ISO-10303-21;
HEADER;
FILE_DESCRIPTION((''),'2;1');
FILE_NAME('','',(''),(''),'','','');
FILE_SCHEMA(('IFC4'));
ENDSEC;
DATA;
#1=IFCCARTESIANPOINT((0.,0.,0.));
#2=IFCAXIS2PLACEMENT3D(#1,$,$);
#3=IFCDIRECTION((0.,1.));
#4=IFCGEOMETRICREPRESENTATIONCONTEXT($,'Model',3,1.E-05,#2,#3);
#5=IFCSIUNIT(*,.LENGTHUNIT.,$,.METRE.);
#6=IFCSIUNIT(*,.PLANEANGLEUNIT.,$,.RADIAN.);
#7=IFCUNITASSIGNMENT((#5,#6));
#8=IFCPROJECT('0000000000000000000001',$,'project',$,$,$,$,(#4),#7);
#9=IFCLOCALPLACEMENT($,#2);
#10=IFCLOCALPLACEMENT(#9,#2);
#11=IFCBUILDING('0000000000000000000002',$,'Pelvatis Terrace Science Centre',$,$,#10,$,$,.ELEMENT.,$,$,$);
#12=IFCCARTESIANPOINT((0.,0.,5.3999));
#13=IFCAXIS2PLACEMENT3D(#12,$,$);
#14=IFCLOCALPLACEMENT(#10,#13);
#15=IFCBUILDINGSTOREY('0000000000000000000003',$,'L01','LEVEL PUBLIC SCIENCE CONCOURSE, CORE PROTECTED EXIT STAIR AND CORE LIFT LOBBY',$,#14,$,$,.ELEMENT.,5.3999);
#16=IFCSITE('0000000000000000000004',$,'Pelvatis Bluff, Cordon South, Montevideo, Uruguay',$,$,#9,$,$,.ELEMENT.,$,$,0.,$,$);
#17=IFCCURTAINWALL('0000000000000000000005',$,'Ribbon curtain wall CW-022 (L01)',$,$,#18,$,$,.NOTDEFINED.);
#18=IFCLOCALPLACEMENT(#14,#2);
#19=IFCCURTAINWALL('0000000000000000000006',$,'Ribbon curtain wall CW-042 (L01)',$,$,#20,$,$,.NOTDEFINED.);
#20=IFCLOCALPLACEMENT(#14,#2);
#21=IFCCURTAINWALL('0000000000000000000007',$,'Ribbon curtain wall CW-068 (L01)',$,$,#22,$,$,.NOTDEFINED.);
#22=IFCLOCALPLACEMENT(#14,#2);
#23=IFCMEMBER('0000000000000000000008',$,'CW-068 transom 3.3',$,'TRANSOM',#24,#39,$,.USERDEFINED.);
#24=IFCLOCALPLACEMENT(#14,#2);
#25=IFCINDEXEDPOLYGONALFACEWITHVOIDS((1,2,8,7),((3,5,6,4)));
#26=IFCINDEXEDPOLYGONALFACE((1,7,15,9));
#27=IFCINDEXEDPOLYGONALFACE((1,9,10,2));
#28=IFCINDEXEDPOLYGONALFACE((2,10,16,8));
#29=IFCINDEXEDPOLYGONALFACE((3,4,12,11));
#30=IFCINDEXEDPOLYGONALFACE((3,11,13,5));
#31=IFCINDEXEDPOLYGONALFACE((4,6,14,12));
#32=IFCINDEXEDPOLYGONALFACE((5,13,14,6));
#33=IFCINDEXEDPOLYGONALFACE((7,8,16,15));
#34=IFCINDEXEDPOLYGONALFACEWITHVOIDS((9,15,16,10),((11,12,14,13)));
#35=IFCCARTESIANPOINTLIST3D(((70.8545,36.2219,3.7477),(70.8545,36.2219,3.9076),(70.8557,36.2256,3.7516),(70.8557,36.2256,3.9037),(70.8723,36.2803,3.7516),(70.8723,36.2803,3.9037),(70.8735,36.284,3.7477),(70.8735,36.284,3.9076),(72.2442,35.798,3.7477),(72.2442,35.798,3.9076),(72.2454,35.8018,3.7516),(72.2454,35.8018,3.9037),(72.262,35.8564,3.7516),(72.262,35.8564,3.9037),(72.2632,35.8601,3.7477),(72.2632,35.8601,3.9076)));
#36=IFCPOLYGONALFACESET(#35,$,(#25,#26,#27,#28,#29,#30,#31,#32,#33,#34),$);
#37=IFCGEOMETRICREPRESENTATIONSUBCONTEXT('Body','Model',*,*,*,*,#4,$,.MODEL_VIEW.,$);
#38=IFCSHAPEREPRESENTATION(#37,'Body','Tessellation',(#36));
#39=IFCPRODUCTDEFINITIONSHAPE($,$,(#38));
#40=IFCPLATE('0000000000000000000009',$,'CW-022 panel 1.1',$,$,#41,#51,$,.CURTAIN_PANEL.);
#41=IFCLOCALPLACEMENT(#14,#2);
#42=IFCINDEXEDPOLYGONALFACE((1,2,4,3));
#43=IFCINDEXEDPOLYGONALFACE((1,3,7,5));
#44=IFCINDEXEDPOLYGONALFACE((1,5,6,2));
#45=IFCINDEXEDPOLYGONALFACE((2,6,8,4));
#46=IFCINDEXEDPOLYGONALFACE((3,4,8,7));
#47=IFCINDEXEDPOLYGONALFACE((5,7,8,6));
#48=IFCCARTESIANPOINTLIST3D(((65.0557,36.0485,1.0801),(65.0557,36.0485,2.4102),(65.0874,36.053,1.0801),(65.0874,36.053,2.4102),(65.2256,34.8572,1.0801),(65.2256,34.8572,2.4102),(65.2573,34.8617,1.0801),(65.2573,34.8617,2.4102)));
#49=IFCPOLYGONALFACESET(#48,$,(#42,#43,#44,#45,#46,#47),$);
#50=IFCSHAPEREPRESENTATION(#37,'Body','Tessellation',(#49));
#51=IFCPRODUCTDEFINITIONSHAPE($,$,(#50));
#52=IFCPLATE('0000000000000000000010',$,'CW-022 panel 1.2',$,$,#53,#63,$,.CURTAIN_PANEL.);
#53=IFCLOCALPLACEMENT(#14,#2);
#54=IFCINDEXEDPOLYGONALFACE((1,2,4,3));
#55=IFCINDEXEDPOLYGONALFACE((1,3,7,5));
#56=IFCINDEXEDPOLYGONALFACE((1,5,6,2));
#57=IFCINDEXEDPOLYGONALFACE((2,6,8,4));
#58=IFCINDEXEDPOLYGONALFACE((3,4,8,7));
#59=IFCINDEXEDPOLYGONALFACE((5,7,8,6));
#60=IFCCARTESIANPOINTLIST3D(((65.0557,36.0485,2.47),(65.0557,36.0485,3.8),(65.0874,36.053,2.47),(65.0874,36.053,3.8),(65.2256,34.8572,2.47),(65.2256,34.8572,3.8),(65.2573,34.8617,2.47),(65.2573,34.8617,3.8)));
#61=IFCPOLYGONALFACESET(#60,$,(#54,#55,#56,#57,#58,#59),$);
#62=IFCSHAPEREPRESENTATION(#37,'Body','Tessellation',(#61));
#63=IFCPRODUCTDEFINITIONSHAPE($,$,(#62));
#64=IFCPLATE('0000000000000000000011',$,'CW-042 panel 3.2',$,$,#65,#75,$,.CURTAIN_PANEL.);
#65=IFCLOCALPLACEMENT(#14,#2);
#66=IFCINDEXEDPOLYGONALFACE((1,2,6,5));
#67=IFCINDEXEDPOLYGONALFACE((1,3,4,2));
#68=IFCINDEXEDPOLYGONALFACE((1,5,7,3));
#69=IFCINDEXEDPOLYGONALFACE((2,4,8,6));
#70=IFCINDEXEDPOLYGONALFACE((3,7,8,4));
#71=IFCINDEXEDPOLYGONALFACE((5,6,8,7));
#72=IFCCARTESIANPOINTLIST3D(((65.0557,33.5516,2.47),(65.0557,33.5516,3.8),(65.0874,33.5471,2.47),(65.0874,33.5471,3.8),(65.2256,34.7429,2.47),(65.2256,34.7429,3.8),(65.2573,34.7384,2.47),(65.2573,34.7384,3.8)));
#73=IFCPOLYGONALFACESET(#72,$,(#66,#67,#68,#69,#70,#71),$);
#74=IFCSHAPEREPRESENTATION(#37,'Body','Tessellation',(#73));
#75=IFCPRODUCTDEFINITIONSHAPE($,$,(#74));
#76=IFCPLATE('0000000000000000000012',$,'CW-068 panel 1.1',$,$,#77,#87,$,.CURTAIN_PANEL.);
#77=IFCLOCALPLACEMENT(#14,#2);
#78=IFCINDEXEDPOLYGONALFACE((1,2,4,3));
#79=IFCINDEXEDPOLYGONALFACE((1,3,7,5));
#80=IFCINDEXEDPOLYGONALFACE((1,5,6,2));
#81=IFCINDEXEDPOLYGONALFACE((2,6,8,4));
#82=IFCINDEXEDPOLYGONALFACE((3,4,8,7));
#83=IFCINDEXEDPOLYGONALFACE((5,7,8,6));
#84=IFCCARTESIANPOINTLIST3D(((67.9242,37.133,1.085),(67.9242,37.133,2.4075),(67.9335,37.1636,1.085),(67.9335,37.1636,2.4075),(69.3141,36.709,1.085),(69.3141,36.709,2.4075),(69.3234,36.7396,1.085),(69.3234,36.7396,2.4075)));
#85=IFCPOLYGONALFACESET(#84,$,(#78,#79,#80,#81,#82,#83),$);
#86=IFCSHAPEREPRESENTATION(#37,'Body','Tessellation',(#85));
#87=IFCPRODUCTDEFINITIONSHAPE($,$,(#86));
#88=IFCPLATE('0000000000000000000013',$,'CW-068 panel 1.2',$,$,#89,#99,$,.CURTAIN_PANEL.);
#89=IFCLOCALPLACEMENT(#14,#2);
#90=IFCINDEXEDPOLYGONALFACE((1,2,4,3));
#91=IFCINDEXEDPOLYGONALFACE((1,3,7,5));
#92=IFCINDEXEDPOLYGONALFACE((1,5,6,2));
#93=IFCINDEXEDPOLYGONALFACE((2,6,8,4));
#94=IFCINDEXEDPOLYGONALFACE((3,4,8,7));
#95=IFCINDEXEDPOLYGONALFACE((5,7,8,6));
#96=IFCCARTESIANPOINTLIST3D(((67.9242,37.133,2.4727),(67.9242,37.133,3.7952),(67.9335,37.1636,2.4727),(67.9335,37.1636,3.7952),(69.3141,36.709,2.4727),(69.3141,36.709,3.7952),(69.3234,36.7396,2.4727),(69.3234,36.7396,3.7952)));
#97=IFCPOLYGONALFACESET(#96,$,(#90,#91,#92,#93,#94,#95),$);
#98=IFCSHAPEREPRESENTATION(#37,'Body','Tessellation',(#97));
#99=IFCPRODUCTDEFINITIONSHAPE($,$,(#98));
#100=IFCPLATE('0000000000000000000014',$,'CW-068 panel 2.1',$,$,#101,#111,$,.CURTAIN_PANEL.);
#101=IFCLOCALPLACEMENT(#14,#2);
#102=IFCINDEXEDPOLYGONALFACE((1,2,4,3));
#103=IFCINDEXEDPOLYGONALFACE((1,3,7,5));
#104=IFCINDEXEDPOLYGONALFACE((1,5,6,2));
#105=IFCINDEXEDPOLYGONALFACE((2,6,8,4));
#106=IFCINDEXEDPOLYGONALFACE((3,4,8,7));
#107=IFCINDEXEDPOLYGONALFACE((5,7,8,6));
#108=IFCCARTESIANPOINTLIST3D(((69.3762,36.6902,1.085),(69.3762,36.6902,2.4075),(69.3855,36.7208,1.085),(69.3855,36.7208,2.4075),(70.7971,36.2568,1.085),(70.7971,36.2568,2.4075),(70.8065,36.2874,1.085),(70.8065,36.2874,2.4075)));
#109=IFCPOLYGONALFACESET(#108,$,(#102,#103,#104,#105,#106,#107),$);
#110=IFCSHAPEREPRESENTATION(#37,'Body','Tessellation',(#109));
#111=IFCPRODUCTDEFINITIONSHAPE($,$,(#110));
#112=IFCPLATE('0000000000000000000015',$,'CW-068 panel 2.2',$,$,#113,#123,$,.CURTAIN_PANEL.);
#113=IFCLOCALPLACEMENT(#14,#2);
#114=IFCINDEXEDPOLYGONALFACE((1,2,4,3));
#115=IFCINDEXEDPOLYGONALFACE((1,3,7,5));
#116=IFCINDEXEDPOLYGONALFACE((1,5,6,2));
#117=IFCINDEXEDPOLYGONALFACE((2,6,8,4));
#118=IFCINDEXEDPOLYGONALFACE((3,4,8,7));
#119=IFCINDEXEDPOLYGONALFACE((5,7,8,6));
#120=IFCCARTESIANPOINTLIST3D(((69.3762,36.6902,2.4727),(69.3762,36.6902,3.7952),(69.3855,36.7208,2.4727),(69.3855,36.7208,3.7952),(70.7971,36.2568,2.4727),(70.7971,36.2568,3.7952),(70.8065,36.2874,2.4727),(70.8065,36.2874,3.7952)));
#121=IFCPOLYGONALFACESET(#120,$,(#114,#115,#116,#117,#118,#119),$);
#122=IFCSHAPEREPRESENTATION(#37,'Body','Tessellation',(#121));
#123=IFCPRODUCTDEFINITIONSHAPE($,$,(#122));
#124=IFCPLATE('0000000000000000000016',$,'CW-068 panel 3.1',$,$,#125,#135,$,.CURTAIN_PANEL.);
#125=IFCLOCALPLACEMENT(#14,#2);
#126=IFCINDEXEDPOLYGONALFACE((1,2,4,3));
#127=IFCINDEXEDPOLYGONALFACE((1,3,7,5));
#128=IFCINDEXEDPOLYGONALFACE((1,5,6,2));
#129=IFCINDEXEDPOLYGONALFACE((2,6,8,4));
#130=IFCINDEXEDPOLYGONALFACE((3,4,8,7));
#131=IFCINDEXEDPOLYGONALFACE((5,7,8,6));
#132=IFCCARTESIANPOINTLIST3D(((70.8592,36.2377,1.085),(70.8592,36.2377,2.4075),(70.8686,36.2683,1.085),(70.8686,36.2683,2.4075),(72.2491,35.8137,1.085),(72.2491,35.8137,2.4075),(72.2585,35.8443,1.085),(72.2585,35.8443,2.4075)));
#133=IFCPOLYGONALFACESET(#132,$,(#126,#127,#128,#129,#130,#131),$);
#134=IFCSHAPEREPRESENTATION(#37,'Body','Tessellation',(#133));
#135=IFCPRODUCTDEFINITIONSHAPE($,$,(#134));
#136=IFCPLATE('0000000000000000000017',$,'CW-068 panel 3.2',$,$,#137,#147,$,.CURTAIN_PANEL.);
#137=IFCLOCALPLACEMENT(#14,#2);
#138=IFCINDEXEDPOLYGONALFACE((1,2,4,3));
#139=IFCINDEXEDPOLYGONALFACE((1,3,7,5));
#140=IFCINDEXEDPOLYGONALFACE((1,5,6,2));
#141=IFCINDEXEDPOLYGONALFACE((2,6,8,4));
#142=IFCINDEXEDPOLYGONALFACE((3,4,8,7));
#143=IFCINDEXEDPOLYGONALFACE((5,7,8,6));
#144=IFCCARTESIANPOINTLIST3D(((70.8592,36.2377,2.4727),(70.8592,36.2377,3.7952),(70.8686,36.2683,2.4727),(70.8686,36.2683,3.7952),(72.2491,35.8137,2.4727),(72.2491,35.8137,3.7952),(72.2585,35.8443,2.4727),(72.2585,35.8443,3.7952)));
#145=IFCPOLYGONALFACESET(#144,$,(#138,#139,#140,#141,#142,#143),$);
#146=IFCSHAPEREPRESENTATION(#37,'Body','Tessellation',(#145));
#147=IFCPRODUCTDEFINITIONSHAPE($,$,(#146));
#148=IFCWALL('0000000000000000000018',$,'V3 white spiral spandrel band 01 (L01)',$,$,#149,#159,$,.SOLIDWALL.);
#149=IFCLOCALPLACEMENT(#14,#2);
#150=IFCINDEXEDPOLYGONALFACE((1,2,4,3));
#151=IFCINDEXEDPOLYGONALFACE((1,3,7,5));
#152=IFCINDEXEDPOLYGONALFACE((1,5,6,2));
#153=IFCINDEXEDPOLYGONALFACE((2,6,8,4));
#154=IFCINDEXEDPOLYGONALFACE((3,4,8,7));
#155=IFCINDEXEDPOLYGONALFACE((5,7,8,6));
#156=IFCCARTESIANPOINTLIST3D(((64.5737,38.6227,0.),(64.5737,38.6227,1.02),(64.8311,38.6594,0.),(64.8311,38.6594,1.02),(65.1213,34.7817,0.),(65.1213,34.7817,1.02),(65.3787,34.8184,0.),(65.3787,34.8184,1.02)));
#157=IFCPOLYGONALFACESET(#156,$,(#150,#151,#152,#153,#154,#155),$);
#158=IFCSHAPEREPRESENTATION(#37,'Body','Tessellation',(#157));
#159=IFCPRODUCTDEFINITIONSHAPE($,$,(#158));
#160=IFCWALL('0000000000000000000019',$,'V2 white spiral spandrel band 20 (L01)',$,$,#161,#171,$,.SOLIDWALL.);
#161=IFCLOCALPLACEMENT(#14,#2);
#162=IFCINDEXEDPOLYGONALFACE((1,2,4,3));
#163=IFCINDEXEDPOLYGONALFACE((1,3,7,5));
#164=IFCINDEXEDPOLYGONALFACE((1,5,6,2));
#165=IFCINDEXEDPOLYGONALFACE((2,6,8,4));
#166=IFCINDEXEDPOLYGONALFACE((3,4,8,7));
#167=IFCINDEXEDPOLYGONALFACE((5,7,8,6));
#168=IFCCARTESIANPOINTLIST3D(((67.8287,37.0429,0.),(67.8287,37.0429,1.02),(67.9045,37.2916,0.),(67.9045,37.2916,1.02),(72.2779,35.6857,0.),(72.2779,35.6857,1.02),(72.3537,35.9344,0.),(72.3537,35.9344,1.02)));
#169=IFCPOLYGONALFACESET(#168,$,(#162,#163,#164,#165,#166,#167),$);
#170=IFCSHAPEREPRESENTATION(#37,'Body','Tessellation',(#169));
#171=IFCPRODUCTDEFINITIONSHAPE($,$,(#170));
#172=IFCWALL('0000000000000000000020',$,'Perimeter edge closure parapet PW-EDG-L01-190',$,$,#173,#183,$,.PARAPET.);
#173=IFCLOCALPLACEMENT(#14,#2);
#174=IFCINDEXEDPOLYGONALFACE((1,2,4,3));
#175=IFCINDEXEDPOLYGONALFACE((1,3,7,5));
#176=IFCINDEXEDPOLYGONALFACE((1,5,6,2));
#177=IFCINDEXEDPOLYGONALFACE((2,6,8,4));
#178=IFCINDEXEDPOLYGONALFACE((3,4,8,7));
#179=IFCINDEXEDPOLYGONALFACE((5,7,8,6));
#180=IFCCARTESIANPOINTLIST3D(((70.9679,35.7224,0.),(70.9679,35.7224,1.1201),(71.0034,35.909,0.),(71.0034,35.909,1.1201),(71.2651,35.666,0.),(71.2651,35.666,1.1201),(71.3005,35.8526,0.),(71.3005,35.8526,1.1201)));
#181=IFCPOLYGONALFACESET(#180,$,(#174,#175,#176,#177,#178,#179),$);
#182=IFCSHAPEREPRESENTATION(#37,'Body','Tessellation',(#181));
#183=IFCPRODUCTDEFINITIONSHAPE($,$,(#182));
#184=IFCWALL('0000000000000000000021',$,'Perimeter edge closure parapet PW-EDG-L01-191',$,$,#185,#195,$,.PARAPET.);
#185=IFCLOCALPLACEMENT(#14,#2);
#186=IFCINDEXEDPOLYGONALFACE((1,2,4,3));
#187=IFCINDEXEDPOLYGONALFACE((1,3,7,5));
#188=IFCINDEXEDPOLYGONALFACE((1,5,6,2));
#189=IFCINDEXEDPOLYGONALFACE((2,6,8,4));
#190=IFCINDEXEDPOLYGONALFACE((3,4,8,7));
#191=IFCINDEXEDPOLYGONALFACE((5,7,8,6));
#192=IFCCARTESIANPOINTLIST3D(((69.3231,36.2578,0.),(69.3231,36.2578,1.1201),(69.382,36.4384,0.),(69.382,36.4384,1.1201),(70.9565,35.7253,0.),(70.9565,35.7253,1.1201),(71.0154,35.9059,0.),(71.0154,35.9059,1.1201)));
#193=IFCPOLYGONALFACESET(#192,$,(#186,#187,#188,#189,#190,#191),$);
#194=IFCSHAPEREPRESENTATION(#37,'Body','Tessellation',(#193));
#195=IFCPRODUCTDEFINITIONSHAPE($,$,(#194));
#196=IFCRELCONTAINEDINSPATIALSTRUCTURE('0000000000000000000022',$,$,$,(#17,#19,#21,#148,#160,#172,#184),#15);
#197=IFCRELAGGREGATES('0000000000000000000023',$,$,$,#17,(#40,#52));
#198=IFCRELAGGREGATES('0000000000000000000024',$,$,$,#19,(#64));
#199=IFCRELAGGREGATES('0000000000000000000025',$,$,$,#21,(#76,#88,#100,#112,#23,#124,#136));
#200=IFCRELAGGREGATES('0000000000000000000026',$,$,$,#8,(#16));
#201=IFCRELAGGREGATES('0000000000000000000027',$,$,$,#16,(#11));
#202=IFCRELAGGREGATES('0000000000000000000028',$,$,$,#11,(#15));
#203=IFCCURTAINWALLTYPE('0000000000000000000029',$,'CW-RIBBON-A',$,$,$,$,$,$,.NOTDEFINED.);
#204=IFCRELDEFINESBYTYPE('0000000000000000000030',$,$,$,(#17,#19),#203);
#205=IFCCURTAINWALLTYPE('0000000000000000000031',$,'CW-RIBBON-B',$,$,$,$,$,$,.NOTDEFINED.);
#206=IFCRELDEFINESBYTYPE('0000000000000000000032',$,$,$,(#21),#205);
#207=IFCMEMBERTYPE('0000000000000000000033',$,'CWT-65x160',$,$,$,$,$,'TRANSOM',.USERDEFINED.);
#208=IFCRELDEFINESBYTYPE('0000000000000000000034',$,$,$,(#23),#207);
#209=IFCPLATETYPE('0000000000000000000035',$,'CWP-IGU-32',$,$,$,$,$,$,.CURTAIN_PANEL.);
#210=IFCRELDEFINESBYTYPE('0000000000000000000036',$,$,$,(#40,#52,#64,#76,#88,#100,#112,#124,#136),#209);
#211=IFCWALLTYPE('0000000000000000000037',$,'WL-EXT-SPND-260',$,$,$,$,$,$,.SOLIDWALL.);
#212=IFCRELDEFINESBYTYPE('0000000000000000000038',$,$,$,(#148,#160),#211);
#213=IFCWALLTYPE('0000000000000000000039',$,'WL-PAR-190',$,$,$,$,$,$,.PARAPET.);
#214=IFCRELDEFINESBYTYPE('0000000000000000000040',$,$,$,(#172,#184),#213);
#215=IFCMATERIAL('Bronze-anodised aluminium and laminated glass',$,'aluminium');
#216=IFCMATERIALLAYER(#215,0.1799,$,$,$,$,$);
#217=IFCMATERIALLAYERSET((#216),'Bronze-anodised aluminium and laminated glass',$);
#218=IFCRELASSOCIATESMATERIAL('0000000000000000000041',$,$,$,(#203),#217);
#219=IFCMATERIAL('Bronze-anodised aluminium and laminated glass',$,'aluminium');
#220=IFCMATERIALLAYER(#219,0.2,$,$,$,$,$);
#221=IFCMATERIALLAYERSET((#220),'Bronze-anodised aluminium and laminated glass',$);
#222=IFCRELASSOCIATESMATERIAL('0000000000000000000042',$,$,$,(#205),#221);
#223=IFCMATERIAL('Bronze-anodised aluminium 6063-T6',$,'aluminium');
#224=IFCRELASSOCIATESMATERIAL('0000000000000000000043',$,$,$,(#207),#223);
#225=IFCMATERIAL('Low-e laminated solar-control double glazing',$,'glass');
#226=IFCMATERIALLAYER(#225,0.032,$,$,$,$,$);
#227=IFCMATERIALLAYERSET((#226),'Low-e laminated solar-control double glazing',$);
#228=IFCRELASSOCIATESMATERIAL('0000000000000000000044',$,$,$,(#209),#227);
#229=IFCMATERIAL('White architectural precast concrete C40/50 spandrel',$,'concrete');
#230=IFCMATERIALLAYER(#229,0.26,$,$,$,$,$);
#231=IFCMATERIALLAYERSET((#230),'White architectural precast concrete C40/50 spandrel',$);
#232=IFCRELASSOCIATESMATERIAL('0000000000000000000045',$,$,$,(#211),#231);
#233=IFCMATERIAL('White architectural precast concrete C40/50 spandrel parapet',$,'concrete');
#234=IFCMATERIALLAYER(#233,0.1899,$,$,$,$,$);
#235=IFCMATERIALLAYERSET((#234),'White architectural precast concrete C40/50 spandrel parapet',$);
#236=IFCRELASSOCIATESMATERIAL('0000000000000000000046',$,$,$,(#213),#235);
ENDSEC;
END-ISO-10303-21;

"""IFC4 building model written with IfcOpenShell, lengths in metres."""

from ifc_helpers import new_model, si_unit, direction, frame, frame_2d, origin, origin_2d, place, context, subcontext, project, spatial, rectangle, hollow_rectangle, extrude, material, layer, layer_set, material_profile, profile_set, type_object, element, aggregate, save


model = new_model("IFC4")

# Units and contexts
model_context = context("Model", 3, precision=1e-05, world=origin(), true_north=direction((0.0, 1.0)))
body_context = subcontext(model_context, "Body", "Model", "MODEL_VIEW")
ifc_project = project(units=[si_unit("LENGTHUNIT", "METRE"), si_unit("PLANEANGLEUNIT", "RADIAN")], contexts=[model_context])

# Site, building, storey
site_placement = place(None, origin())
site = spatial("IfcSite", under=ifc_project, at=site_placement, Name="Pelvatis Bluff, Cordon South, Montevideo, Uruguay", CompositionType="ELEMENT", RefElevation=0.0)
building_placement = place(site_placement, origin())
building = spatial("IfcBuilding", under=site, at=building_placement, Name="Pelvatis Terrace Science Centre", CompositionType="ELEMENT")
storey_placement = place(building_placement, frame((0.0, 0.0, 5.3999)))
storey = spatial("IfcBuildingStorey", under=building, at=storey_placement, Name="L01", Description="LEVEL PUBLIC SCIENCE CONCOURSE, CORE PROTECTED EXIT STAIR AND CORE LIFT LOBBY", CompositionType="ELEMENT", Elevation=5.3999)

# Curtain walls
ifc_material_1 = material(Name="Bronze-anodised aluminium and laminated glass", Category="aluminium")
ifc_layer_1 = layer(ifc_material_1, 0.1799)
ifc_layer_set_1 = layer_set([ifc_layer_1], Name="Bronze-anodised aluminium and laminated glass")
curtain_wall_type_1 = type_object("IfcCurtainWallType", Name="CW-RIBBON-A", PredefinedType="NOTDEFINED", material=ifc_layer_set_1)
curtain_wall_1_placement = place(storey_placement, origin())
curtain_wall_1 = element("IfcCurtainWall", 1, at=curtain_wall_1_placement, inside=storey, type_object=curtain_wall_type_1, Name="Ribbon curtain wall CW-022 (L01)", PredefinedType="NOTDEFINED")
curtain_wall_2_placement = place(storey_placement, origin())
curtain_wall_2 = element("IfcCurtainWall", 2, at=curtain_wall_2_placement, inside=storey, type_object=curtain_wall_type_1, Name="Ribbon curtain wall CW-042 (L01)", PredefinedType="NOTDEFINED")

# Curtain wall
ifc_material_2 = material(Name="Bronze-anodised aluminium and laminated glass", Category="aluminium")
ifc_layer_2 = layer(ifc_material_2, 0.2)
ifc_layer_set_2 = layer_set([ifc_layer_2], Name="Bronze-anodised aluminium and laminated glass")
curtain_wall_type_2 = type_object("IfcCurtainWallType", Name="CW-RIBBON-B", PredefinedType="NOTDEFINED", material=ifc_layer_set_2)
curtain_wall_3_placement = place(storey_placement, origin())
curtain_wall_3 = element("IfcCurtainWall", 3, at=curtain_wall_3_placement, inside=storey, type_object=curtain_wall_type_2, Name="Ribbon curtain wall CW-068 (L01)", PredefinedType="NOTDEFINED")

# Member
ifc_material_3 = material(Name="Bronze-anodised aluminium 6063-T6", Category="aluminium")
ifc_material_profile_1 = material_profile(ifc_material_3, hollow_rectangle(XDim=0.0649, YDim=0.1599, WallThickness=0.0039, at=origin_2d()), Name="ALU-TRN 65x160")
ifc_profile_set_1 = profile_set([ifc_material_profile_1], Name="Bronze-anodised aluminium 6063-T6")
member_type_1 = type_object("IfcMemberType", Name="CWT-65x160", ElementType="TRANSOM", PredefinedType="USERDEFINED", material=ifc_profile_set_1)
member_1_placement = place(storey_placement, frame((70.864, 36.2529, 3.8276), z_axis=(0.956503, -0.291723, 0.0), x_axis=(0.291723, 0.956503, 0.0)))
member_1 = element("IfcMember", 4, at=member_1_placement, type_object=member_type_1, Name="CW-068 transom 3.3", ObjectType="TRANSOM", PredefinedType="USERDEFINED", context=body_context, shape_type="SweptSolid", body=[
    extrude(hollow_rectangle(XDim=0.0649, YDim=0.1599, WallThickness=0.0039, at=origin_2d()), origin(), (0.0, 0.0, 1.0), 1.4529),
])

# Plates
ifc_material_4 = material(Name="Low-e laminated solar-control double glazing", Category="glass")
ifc_layer_3 = layer(ifc_material_4, 0.032)
ifc_layer_set_3 = layer_set([ifc_layer_3], Name="Low-e laminated solar-control double glazing")
plate_type = type_object("IfcPlateType", Name="CWP-IGU-32", PredefinedType="CURTAIN_PANEL", material=ifc_layer_set_3)
plate_1_placement = place(storey_placement, frame((65.1565, 35.4551, 1.0801), z_axis=(0.0, 0.0, 1.0), x_axis=(-0.141165, 0.989986, 0.0)))
plate_1 = element("IfcPlate", 5, at=plate_1_placement, type_object=plate_type, Name="CW-022 panel 1.1", PredefinedType="CURTAIN_PANEL", context=body_context, shape_type="SweptSolid", body=[
    extrude(rectangle(XDim=1.2034, YDim=0.032, at=origin_2d()), origin(), (0.0, 0.0, 1.0), 1.3301),
])
plate_2_placement = place(storey_placement, frame((65.1565, 35.4551, 2.47), z_axis=(0.0, 0.0, 1.0), x_axis=(-0.141165, 0.989986, 0.0)))
plate_2 = element("IfcPlate", 6, at=plate_2_placement, type_object=plate_type, Name="CW-022 panel 1.2", PredefinedType="CURTAIN_PANEL", context=body_context, shape_type="SweptSolid", body=[
    extrude(rectangle(XDim=1.2034, YDim=0.032, at=origin_2d()), origin(), (0.0, 0.0, 1.0), 1.3301),
])
aggregate(curtain_wall_1, [plate_1, plate_2])
plate_3_placement = place(storey_placement, frame((65.1565, 34.145, 2.47), z_axis=(0.0, 0.0, 1.0), x_axis=(0.141165, 0.989986, 0.0)))
plate_3 = element("IfcPlate", 7, at=plate_3_placement, type_object=plate_type, Name="CW-042 panel 3.2", PredefinedType="CURTAIN_PANEL", context=body_context, shape_type="SweptSolid", body=[
    extrude(rectangle(XDim=1.2034, YDim=0.032, at=origin_2d()), origin(), (0.0, 0.0, 1.0), 1.3301),
])
aggregate(curtain_wall_2, [plate_3])
plate_4_placement = place(storey_placement, frame((68.6238, 36.9363, 1.085), z_axis=(0.0, 0.0, 1.0), x_axis=(0.956494, -0.291751, 0.0)))
plate_4 = element("IfcPlate", 8, at=plate_4_placement, type_object=plate_type, Name="CW-068 panel 1.1", PredefinedType="CURTAIN_PANEL", context=body_context, shape_type="SweptSolid", body=[
    extrude(rectangle(XDim=1.4531, YDim=0.032, at=origin_2d()), origin(), (0.0, 0.0, 1.0), 1.3225),
])
plate_5_placement = place(storey_placement, frame((68.6238, 36.9363, 2.4727), z_axis=(0.0, 0.0, 1.0), x_axis=(0.956494, -0.291751, 0.0)))
plate_5 = element("IfcPlate", 9, at=plate_5_placement, type_object=plate_type, Name="CW-068 panel 1.2", PredefinedType="CURTAIN_PANEL", context=body_context, shape_type="SweptSolid", body=[
    extrude(rectangle(XDim=1.4531, YDim=0.032, at=origin_2d()), origin(), (0.0, 0.0, 1.0), 1.3225),
])
plate_6_placement = place(storey_placement, frame((70.0913, 36.4888, 1.085), z_axis=(0.0, 0.0, 1.0), x_axis=(0.956494, -0.291751, 0.0)))
plate_6 = element("IfcPlate", 10, at=plate_6_placement, type_object=plate_type, Name="CW-068 panel 2.1", PredefinedType="CURTAIN_PANEL", context=body_context, shape_type="SweptSolid", body=[
    extrude(rectangle(XDim=1.4856, YDim=0.032, at=origin_2d()), origin(), (0.0, 0.0, 1.0), 1.3225),
])
plate_7_placement = place(storey_placement, frame((70.0913, 36.4888, 2.4727), z_axis=(0.0, 0.0, 1.0), x_axis=(0.956494, -0.291751, 0.0)))
plate_7 = element("IfcPlate", 11, at=plate_7_placement, type_object=plate_type, Name="CW-068 panel 2.2", PredefinedType="CURTAIN_PANEL", context=body_context, shape_type="SweptSolid", body=[
    extrude(rectangle(XDim=1.4856, YDim=0.032, at=origin_2d()), origin(), (0.0, 0.0, 1.0), 1.3225),
])
plate_8_placement = place(storey_placement, frame((71.5588, 36.041, 1.085), z_axis=(0.0, 0.0, 1.0), x_axis=(0.956494, -0.291751, 0.0)))
plate_8 = element("IfcPlate", 12, at=plate_8_placement, type_object=plate_type, Name="CW-068 panel 3.1", PredefinedType="CURTAIN_PANEL", context=body_context, shape_type="SweptSolid", body=[
    extrude(rectangle(XDim=1.4531, YDim=0.032, at=origin_2d()), origin(), (0.0, 0.0, 1.0), 1.3225),
])
plate_9_placement = place(storey_placement, frame((71.5588, 36.041, 2.4727), z_axis=(0.0, 0.0, 1.0), x_axis=(0.956494, -0.291751, 0.0)))
plate_9 = element("IfcPlate", 13, at=plate_9_placement, type_object=plate_type, Name="CW-068 panel 3.2", PredefinedType="CURTAIN_PANEL", context=body_context, shape_type="SweptSolid", body=[
    extrude(rectangle(XDim=1.4531, YDim=0.032, at=origin_2d()), origin(), (0.0, 0.0, 1.0), 1.3225),
])
aggregate(curtain_wall_3, [plate_4, plate_5, plate_6, plate_7, member_1, plate_8, plate_9])

# Walls
ifc_material_5 = material(Name="White architectural precast concrete C40/50 spandrel", Category="concrete")
ifc_layer_4 = layer(ifc_material_5, 0.26)
ifc_layer_set_4 = layer_set([ifc_layer_4], Name="White architectural precast concrete C40/50 spandrel")
wall_type_1 = type_object("IfcWallType", Name="WL-EXT-SPND-260", PredefinedType="SOLIDWALL", material=ifc_layer_set_4)
wall_1_placement = place(storey_placement, frame((65.25, 34.8, 0.0), z_axis=(0.0, 0.0, 1.0), x_axis=(-0.141139, 0.98999, 0.0)))
element("IfcWall", 14, at=wall_1_placement, inside=storey, type_object=wall_type_1, Name="V3 white spiral spandrel band 01 (L01)", PredefinedType="SOLIDWALL", context=body_context, shape_type="SweptSolid", body=[
    extrude(rectangle(XDim=3.8799, YDim=0.26, at=frame_2d((1.9399, 0.0))), origin(), (0.0, 0.0, 1.0), 1.02),
])
wall_2_placement = place(storey_placement, frame((67.8667, 37.1672, 0.0), z_axis=(0.0, 0.0, 1.0), x_axis=(0.95649, -0.291765, 0.0)))
element("IfcWall", 15, at=wall_2_placement, inside=storey, type_object=wall_type_1, Name="V2 white spiral spandrel band 20 (L01)", PredefinedType="SOLIDWALL", context=body_context, shape_type="SweptSolid", body=[
    extrude(rectangle(XDim=4.6516, YDim=0.26, at=frame_2d((2.3257, 0.0))), origin(), (0.0, 0.0, 1.0), 1.02),
])
ifc_material_6 = material(Name="White architectural precast concrete C40/50 spandrel parapet", Category="concrete")
ifc_layer_5 = layer(ifc_material_6, 0.1899)
ifc_layer_set_5 = layer_set([ifc_layer_5], Name="White architectural precast concrete C40/50 spandrel parapet")
wall_type_2 = type_object("IfcWallType", Name="WL-PAR-190", PredefinedType="PARAPET", material=ifc_layer_set_5)
wall_3_placement = place(storey_placement, frame((71.283, 35.7593, 0.0), z_axis=(0.0, 0.0, 1.0), x_axis=(-0.982458, 0.186481, 0.0)))
element("IfcWall", 16, at=wall_3_placement, inside=storey, type_object=wall_type_2, Name="Perimeter edge closure parapet PW-EDG-L01-190", PredefinedType="PARAPET", context=body_context, shape_type="SweptSolid", body=[
    extrude(rectangle(XDim=0.3025, YDim=0.1899, at=frame_2d((0.1514, 0.0))), origin(), (0.0, 0.0, 1.0), 1.1201),
])
wall_4_placement = place(storey_placement, frame((70.9858, 35.8157, 0.0), z_axis=(0.0, 0.0, 1.0), x_axis=(-0.950752, 0.309954, 0.0)))
element("IfcWall", 17, at=wall_4_placement, inside=storey, type_object=wall_type_2, Name="Perimeter edge closure parapet PW-EDG-L01-191", PredefinedType="PARAPET", context=body_context, shape_type="SweptSolid", body=[
    extrude(rectangle(XDim=1.718, YDim=0.1899, at=frame_2d((0.8589, 0.0))), origin(), (0.0, 0.0, 1.0), 1.1201),
])

save(model, "model.ifc")
